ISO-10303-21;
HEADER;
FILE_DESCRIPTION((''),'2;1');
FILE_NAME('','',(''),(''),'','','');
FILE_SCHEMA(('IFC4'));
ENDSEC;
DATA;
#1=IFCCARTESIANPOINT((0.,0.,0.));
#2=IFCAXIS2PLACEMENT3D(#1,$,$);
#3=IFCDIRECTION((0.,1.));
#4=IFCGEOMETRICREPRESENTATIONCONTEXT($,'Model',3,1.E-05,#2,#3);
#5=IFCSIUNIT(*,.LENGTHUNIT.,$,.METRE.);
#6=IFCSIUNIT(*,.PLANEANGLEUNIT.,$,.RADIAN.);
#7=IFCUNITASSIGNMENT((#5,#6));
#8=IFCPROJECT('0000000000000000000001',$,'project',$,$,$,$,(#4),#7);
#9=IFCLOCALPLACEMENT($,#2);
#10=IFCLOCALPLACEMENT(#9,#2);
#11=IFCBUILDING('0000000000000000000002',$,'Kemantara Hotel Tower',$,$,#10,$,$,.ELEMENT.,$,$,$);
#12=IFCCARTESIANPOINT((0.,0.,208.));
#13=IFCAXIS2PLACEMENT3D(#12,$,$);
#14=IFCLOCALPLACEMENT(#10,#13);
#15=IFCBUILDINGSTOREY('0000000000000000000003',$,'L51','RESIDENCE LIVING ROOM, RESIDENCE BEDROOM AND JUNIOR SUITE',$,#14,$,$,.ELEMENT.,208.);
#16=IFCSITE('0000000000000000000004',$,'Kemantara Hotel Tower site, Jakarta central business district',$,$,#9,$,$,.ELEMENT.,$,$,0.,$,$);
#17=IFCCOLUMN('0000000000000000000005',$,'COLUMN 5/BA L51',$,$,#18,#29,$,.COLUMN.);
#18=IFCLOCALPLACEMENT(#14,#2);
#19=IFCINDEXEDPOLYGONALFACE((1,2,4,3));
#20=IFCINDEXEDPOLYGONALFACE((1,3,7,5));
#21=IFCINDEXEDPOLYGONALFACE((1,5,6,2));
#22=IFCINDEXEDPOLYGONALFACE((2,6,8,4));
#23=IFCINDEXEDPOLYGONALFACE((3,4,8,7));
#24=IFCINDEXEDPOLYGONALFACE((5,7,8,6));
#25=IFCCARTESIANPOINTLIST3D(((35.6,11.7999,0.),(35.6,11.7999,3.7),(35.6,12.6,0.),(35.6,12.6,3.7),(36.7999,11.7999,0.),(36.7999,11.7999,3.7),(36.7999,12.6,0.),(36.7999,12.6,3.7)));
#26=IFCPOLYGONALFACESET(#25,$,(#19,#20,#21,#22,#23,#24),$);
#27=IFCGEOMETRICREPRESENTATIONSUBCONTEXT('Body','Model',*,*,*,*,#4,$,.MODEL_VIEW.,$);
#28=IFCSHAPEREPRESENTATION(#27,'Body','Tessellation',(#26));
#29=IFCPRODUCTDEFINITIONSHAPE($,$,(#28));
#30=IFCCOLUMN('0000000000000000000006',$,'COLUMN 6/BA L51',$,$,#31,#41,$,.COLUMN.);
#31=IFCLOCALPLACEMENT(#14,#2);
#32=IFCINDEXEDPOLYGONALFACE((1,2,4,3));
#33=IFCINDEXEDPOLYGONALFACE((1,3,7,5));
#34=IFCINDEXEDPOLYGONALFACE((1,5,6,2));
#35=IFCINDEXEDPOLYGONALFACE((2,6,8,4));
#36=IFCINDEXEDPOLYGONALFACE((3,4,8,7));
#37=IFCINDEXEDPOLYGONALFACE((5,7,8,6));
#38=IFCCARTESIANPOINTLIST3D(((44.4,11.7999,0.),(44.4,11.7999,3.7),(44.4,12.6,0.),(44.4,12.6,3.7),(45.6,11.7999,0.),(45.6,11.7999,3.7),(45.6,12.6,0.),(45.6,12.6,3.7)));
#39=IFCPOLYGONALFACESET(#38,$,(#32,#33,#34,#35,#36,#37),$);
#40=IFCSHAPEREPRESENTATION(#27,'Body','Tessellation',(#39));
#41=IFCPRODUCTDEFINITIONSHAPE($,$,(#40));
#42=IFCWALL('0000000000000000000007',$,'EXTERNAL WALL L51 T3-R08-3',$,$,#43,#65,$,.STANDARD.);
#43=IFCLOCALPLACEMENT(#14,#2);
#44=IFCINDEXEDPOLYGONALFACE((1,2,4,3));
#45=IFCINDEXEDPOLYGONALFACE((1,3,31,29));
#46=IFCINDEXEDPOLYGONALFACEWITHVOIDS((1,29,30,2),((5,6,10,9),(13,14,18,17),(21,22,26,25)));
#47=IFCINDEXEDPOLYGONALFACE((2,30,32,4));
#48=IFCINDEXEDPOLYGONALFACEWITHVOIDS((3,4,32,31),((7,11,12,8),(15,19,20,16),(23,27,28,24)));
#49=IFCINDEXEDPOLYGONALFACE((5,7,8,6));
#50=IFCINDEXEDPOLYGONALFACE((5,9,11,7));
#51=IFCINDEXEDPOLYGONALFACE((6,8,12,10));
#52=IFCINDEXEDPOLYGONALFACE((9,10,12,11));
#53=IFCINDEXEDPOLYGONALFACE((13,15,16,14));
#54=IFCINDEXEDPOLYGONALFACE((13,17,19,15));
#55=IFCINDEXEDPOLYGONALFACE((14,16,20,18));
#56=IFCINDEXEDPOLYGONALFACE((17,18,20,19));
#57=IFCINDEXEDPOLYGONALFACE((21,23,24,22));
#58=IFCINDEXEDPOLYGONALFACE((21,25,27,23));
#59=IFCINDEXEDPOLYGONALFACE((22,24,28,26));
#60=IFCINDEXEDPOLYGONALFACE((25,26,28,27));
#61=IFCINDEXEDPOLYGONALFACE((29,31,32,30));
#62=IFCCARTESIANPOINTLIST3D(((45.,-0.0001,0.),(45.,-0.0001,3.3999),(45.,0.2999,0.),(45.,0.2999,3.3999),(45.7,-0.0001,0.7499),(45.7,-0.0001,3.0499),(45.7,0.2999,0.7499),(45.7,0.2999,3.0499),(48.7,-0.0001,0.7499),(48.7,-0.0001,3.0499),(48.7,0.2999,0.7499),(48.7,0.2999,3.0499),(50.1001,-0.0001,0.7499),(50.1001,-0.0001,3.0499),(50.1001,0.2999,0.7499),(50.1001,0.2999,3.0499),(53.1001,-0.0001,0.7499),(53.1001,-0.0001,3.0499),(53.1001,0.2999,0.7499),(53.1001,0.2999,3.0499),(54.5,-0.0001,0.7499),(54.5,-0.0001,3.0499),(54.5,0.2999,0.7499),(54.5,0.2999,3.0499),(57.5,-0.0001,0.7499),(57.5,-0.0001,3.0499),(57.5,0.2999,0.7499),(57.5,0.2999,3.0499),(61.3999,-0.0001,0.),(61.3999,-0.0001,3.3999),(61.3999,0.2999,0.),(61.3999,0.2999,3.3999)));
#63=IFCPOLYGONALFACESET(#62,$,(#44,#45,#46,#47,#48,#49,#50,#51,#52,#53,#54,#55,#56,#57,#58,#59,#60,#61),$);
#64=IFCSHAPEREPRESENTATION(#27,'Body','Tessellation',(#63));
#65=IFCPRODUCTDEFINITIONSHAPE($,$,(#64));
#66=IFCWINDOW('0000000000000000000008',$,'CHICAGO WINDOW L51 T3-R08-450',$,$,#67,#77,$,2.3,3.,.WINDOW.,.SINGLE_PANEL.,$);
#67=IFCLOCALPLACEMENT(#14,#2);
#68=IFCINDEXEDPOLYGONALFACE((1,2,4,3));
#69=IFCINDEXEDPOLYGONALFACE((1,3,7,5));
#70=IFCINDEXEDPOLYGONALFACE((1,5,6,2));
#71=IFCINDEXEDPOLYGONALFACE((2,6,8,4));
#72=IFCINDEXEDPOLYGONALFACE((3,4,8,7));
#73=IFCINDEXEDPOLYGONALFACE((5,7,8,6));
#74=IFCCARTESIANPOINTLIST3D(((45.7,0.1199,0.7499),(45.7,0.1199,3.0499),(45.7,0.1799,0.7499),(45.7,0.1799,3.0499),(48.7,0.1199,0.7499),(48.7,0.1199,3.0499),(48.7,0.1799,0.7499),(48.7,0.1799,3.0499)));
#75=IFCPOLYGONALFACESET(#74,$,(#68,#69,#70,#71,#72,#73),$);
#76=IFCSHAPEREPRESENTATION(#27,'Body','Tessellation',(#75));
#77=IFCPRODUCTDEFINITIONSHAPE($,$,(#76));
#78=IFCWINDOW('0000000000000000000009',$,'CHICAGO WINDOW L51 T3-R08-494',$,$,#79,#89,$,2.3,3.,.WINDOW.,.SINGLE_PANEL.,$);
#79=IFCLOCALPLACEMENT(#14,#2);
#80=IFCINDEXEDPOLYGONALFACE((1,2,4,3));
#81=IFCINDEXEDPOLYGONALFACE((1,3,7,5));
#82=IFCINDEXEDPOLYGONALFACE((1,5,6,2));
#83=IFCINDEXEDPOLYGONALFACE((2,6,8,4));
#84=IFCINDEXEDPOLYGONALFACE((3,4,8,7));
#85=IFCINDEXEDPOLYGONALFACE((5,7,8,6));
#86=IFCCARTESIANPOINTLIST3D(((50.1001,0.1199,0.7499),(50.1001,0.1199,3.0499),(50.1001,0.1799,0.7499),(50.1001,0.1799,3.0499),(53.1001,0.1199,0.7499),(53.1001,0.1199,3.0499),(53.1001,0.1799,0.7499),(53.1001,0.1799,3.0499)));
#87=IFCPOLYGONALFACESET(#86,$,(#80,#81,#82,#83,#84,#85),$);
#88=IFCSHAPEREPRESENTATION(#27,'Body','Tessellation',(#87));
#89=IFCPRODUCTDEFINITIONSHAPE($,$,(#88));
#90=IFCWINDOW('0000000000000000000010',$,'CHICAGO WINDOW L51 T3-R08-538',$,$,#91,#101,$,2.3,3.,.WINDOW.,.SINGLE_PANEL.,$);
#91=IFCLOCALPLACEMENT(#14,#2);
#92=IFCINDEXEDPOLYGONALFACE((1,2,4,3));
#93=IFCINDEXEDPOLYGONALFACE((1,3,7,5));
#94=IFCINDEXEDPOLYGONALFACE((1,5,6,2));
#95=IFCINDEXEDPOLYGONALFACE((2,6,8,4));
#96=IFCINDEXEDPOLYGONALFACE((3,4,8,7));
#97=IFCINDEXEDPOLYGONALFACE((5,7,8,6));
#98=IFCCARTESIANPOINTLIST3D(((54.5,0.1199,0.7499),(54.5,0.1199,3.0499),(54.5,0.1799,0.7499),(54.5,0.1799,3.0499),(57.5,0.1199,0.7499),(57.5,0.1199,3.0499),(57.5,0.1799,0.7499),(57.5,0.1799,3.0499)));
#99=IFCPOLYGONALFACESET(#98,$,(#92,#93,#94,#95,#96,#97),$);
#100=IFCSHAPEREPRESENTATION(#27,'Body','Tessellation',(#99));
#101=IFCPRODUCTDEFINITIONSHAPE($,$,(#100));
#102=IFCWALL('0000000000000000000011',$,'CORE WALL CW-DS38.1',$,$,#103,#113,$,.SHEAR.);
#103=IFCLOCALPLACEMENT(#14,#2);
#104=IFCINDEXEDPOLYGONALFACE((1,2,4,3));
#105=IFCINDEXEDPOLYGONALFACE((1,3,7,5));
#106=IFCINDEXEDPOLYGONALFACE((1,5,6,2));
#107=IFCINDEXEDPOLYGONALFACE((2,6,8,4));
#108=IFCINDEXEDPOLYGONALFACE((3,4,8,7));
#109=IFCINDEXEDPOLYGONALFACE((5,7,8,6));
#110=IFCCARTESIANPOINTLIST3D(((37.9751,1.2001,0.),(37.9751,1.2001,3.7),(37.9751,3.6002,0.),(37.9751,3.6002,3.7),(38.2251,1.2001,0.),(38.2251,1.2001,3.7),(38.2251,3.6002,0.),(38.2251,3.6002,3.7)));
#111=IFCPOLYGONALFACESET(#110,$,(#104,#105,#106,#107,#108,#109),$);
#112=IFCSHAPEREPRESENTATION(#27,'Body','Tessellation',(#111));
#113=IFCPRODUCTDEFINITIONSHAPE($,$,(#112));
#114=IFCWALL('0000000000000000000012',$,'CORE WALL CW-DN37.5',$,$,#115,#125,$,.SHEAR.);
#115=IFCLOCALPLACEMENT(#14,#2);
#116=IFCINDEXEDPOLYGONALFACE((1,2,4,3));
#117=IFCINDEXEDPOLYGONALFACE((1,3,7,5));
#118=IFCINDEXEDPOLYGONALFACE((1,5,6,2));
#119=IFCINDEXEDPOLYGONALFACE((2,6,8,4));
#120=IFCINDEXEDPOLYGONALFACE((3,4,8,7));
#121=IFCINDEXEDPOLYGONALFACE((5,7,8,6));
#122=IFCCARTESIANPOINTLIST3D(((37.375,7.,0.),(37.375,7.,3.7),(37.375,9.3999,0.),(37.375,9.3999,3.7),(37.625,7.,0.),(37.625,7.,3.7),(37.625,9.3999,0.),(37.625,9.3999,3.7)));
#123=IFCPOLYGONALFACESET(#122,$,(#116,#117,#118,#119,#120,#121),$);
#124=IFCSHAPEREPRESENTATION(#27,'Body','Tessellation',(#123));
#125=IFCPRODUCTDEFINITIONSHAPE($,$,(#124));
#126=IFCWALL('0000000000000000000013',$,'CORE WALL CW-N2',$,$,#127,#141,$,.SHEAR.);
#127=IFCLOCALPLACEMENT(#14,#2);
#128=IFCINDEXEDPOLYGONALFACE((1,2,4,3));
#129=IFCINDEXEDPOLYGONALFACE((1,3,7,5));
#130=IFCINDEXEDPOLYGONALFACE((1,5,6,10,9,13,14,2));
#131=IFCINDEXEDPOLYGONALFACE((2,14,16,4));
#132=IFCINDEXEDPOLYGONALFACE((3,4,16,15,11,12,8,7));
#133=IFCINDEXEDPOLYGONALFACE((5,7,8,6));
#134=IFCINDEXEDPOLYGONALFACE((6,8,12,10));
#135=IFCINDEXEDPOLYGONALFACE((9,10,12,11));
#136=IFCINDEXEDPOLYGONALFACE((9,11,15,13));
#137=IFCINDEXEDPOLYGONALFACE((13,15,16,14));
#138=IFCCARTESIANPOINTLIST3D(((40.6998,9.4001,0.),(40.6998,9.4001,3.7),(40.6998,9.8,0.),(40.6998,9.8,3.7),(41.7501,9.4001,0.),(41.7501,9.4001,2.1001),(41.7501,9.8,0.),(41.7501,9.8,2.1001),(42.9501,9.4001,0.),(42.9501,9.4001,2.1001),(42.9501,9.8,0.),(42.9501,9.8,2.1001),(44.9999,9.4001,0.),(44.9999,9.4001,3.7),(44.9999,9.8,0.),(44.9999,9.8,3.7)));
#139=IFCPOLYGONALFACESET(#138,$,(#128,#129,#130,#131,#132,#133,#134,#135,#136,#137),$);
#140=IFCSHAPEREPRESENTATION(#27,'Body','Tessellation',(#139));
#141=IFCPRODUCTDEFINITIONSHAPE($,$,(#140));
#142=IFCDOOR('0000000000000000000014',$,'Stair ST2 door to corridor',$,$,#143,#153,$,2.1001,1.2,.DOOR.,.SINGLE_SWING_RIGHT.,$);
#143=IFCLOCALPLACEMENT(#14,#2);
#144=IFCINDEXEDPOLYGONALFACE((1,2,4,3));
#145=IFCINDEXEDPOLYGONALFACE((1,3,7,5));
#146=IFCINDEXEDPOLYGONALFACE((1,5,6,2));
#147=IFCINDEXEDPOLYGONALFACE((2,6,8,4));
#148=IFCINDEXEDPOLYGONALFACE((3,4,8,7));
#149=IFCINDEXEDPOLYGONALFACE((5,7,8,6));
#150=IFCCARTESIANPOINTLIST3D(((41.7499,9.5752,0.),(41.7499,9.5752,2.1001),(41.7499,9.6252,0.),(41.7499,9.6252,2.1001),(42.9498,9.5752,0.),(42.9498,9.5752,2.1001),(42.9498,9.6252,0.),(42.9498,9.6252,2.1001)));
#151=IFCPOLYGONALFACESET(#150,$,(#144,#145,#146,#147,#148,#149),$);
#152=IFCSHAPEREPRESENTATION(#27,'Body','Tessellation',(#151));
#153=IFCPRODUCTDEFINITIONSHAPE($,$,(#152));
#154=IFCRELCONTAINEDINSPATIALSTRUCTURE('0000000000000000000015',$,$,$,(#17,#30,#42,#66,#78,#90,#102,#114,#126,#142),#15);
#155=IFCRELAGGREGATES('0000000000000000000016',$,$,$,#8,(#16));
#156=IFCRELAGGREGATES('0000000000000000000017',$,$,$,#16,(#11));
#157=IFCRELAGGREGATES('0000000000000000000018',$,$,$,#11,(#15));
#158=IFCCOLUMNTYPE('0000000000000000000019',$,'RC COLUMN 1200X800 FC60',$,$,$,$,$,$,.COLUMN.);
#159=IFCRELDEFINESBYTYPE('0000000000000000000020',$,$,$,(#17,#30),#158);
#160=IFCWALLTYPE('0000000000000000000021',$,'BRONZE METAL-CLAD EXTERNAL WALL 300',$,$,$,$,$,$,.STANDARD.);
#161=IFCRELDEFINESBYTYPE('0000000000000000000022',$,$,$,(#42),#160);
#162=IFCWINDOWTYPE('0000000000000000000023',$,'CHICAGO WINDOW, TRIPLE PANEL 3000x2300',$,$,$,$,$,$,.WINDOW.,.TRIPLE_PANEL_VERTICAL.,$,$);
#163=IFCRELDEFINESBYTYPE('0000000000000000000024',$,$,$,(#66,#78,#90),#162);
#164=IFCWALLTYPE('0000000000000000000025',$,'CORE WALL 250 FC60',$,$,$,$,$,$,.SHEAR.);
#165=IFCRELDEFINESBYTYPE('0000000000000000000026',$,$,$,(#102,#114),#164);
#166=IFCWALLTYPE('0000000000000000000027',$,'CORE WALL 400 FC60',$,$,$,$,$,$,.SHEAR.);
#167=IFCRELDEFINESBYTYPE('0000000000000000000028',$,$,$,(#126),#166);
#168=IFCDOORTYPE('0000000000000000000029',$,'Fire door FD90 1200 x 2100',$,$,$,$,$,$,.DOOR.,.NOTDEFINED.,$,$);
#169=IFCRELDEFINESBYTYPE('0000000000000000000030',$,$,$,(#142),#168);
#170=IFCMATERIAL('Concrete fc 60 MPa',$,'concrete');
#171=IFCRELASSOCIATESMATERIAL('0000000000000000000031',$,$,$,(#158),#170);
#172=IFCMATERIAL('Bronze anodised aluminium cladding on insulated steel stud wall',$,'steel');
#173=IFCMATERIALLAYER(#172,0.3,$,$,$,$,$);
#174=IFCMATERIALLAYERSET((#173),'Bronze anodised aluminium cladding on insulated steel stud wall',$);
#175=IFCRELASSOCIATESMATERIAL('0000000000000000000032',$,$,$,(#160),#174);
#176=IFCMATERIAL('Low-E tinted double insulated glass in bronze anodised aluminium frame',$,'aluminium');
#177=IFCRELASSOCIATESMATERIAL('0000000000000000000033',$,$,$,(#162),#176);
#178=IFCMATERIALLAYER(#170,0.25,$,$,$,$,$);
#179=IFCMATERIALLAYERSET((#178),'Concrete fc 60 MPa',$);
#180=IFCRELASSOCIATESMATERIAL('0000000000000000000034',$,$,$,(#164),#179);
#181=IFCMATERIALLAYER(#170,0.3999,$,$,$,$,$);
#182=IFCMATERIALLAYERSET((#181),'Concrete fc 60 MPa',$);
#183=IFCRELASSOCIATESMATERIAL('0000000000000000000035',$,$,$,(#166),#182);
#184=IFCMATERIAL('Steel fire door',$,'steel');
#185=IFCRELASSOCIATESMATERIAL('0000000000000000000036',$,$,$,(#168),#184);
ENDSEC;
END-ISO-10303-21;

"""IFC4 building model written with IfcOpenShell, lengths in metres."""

from ifc_helpers import new_model, si_unit, direction, frame, frame_2d, origin, origin_2d, place, context, subcontext, project, spatial, rectangle, extrude, material, layer, layer_set, material_profile, profile_set, type_object, element, fill, save


model = new_model("IFC4")

# Units and contexts
model_context = context("Model", 3, precision=1e-05, world=origin(), true_north=direction((0.0, 1.0)))
body_context = subcontext(model_context, "Body", "Model", "MODEL_VIEW")
ifc_project = project(units=[si_unit("LENGTHUNIT", "METRE"), si_unit("PLANEANGLEUNIT", "RADIAN")], contexts=[model_context])

# Site, building, storey
site_placement = place(None, origin())
site = spatial("IfcSite", under=ifc_project, at=site_placement, Name="Kemantara Hotel Tower site, Jakarta central business district", CompositionType="ELEMENT", RefElevation=0.0)
building_placement = place(site_placement, origin())
building = spatial("IfcBuilding", under=site, at=building_placement, Name="Kemantara Hotel Tower", CompositionType="ELEMENT")
storey_placement = place(building_placement, frame((0.0, 0.0, 208.0)))
storey = spatial("IfcBuildingStorey", under=building, at=storey_placement, Name="L51", Description="RESIDENCE LIVING ROOM, RESIDENCE BEDROOM AND JUNIOR SUITE", CompositionType="ELEMENT", Elevation=208.0)

# Columns
ifc_material_1 = material(Name="Concrete fc 60 MPa", Category="concrete")
ifc_material_profile = material_profile(ifc_material_1, rectangle(XDim=1.2, YDim=0.8, at=origin_2d()), Name="RC 1200X800")
ifc_profile_set = profile_set([ifc_material_profile], Name="Concrete fc 60 MPa")
column_type = type_object("IfcColumnType", Name="RC COLUMN 1200X800 FC60", PredefinedType="COLUMN", material=ifc_profile_set)
for number, where, z_axis, x_axis, name in (
    (1, (36.2, 12.2, 0.0), (0.0, 0.0, 1.0), (1.0, 0.0, 0.0), "COLUMN 5/BA L51"),
    (2, (45.0, 12.2, 0.0), (0.0, 0.0, 1.0), (1.0, 0.0, 0.0), "COLUMN 6/BA L51"),
):
    element("IfcColumn", number, at=place(storey_placement, frame(where, z_axis=z_axis, x_axis=x_axis)), inside=storey, type_object=column_type, Name=name, PredefinedType="COLUMN", context=body_context, shape_type="SweptSolid", body=[
        extrude(rectangle(XDim=1.2, YDim=0.8, at=origin_2d()), origin(), (0.0, 0.0, 1.0), 3.7),
    ])

# Wall, openings, windows
ifc_material_2 = material(Name="Bronze anodised aluminium cladding on insulated steel stud wall", Category="steel")
ifc_layer_1 = layer(ifc_material_2, 0.3)
ifc_layer_set_1 = layer_set([ifc_layer_1], Name="Bronze anodised aluminium cladding on insulated steel stud wall")
wall_type_1 = type_object("IfcWallType", Name="BRONZE METAL-CLAD EXTERNAL WALL 300", PredefinedType="STANDARD", material=ifc_layer_set_1)
wall_1_placement = place(storey_placement, frame((45.0, 0.1499, 0.0), z_axis=(0.0, 0.0, 1.0), x_axis=(1.0, 0.0, 0.0)))
wall_1 = element("IfcWall", 3, at=wall_1_placement, inside=storey, type_object=wall_type_1, Name="EXTERNAL WALL L51 T3-R08-3", PredefinedType="STANDARD", context=body_context, shape_type="SweptSolid", body=[
    extrude(rectangle(XDim=16.3999, YDim=0.3, at=frame_2d((8.2, 0.0))), origin(), (0.0, 0.0, 1.0), 3.3999),
])
opening_1_placement = place(wall_1_placement, frame((0.7, 0.0, 0.75)))
opening_1 = element("IfcOpeningElement", 4, at=opening_1_placement, cuts=wall_1, PredefinedType="OPENING", context=body_context, shape_type="SweptSolid", body=[
    extrude(rectangle(XDim=3.0, YDim=2.3, at=frame_2d((1.5, 1.1499))), frame((0.0, 0.1599, 0.0), z_axis=(0.0, -1.0, 0.0), x_axis=(1.0, 0.0, 0.0)), (0.0, 0.0, 1.0), 0.3201),
])
opening_2_placement = place(wall_1_placement, frame((5.1001, 0.0, 0.75)))
opening_2 = element("IfcOpeningElement", 5, at=opening_2_placement, cuts=wall_1, PredefinedType="OPENING", context=body_context, shape_type="SweptSolid", body=[
    extrude(rectangle(XDim=3.0, YDim=2.3, at=frame_2d((1.5, 1.1499))), frame((0.0, 0.1599, 0.0), z_axis=(0.0, -1.0, 0.0), x_axis=(1.0, 0.0, 0.0)), (0.0, 0.0, 1.0), 0.3201),
])
opening_3_placement = place(wall_1_placement, frame((9.5, 0.0, 0.75)))
opening_3 = element("IfcOpeningElement", 6, at=opening_3_placement, cuts=wall_1, PredefinedType="OPENING", context=body_context, shape_type="SweptSolid", body=[
    extrude(rectangle(XDim=3.0, YDim=2.3, at=frame_2d((1.5, 1.1499))), frame((0.0, 0.1599, 0.0), z_axis=(0.0, -1.0, 0.0), x_axis=(1.0, 0.0, 0.0)), (0.0, 0.0, 1.0), 0.3201),
])
ifc_material_3 = material(Name="Low-E tinted double insulated glass in bronze anodised aluminium frame", Category="aluminium")
window_type = type_object("IfcWindowType", Name="CHICAGO WINDOW, TRIPLE PANEL 3000x2300", PartitioningType="TRIPLE_PANEL_VERTICAL", PredefinedType="WINDOW", material=ifc_material_3)
window_1_placement = place(opening_1_placement, origin())
window_1 = element("IfcWindow", 7, at=window_1_placement, inside=storey, type_object=window_type, Name="CHICAGO WINDOW L51 T3-R08-450", OverallHeight=2.3, OverallWidth=3.0, PartitioningType="SINGLE_PANEL", PredefinedType="WINDOW", context=body_context, shape_type="SweptSolid", body=[
    extrude(rectangle(XDim=3.0, YDim=2.3, at=frame_2d((1.5, 1.1499))), frame((0.0, 0.03, 0.0), z_axis=(0.0, -1.0, 0.0), x_axis=(1.0, 0.0, 0.0)), (0.0, 0.0, 1.0), 0.0601),
])
fill(opening_1, window_1)
window_2_placement = place(opening_2_placement, origin())
window_2 = element("IfcWindow", 8, at=window_2_placement, inside=storey, type_object=window_type, Name="CHICAGO WINDOW L51 T3-R08-494", OverallHeight=2.3, OverallWidth=3.0, PartitioningType="SINGLE_PANEL", PredefinedType="WINDOW", context=body_context, shape_type="SweptSolid", body=[
    extrude(rectangle(XDim=3.0, YDim=2.3, at=frame_2d((1.5, 1.1499))), frame((0.0, 0.03, 0.0), z_axis=(0.0, -1.0, 0.0), x_axis=(1.0, 0.0, 0.0)), (0.0, 0.0, 1.0), 0.0601),
])
fill(opening_2, window_2)
window_3_placement = place(opening_3_placement, origin())
window_3 = element("IfcWindow", 9, at=window_3_placement, inside=storey, type_object=window_type, Name="CHICAGO WINDOW L51 T3-R08-538", OverallHeight=2.3, OverallWidth=3.0, PartitioningType="SINGLE_PANEL", PredefinedType="WINDOW", context=body_context, shape_type="SweptSolid", body=[
    extrude(rectangle(XDim=3.0, YDim=2.3, at=frame_2d((1.5, 1.1499))), frame((0.0, 0.03, 0.0), z_axis=(0.0, -1.0, 0.0), x_axis=(1.0, 0.0, 0.0)), (0.0, 0.0, 1.0), 0.0601),
])
fill(opening_3, window_3)

# Walls
ifc_layer_2 = layer(ifc_material_1, 0.25)
ifc_layer_set_2 = layer_set([ifc_layer_2], Name="Concrete fc 60 MPa")
wall_type_2 = type_object("IfcWallType", Name="CORE WALL 250 FC60", PredefinedType="SHEAR", material=ifc_layer_set_2)
wall_2_placement = place(storey_placement, frame((38.1001, 1.2, 0.0), z_axis=(0.0, 0.0, 1.0), x_axis=(0.0, 1.0, 0.0)))
element("IfcWall", 10, at=wall_2_placement, inside=storey, type_object=wall_type_2, Name="CORE WALL CW-DS38.1", PredefinedType="SHEAR", context=body_context, shape_type="SweptSolid", body=[
    extrude(rectangle(XDim=2.4001, YDim=0.25, at=frame_2d((1.2002, 0.0))), origin(), (0.0, 0.0, 1.0), 3.7),
])
wall_3_placement = place(storey_placement, frame((37.5, 7.0, 0.0), z_axis=(0.0, 0.0, 1.0), x_axis=(0.0, 1.0, 0.0)))
element("IfcWall", 11, at=wall_3_placement, inside=storey, type_object=wall_type_2, Name="CORE WALL CW-DN37.5", PredefinedType="SHEAR", context=body_context, shape_type="SweptSolid", body=[
    extrude(rectangle(XDim=2.3999, YDim=0.25, at=frame_2d((1.2, 0.0))), origin(), (0.0, 0.0, 1.0), 3.7),
])

# Wall, opening, door
ifc_layer_3 = layer(ifc_material_1, 0.3999)
ifc_layer_set_3 = layer_set([ifc_layer_3], Name="Concrete fc 60 MPa")
wall_type_3 = type_object("IfcWallType", Name="CORE WALL 400 FC60", PredefinedType="SHEAR", material=ifc_layer_set_3)
wall_4_placement = place(storey_placement, frame((40.7, 9.6001, 0.0), z_axis=(0.0, 0.0, 1.0), x_axis=(1.0, 0.0, 0.0)))
wall_4 = element("IfcWall", 12, at=wall_4_placement, inside=storey, type_object=wall_type_3, Name="CORE WALL CW-N2", PredefinedType="SHEAR", context=body_context, shape_type="SweptSolid", body=[
    extrude(rectangle(XDim=4.3, YDim=0.3999, at=frame_2d((2.1499, 0.0))), origin(), (0.0, 0.0, 1.0), 3.7),
])
opening_4_placement = place(wall_4_placement, frame((1.05, 0.0, 0.0)))
opening_4 = element("IfcOpeningElement", 13, at=opening_4_placement, cuts=wall_4, PredefinedType="OPENING", context=body_context, shape_type="SweptSolid", body=[
    extrude(rectangle(XDim=1.2, YDim=2.1001, at=frame_2d((0.6001, 1.05))), frame((0.0, 0.21, 0.0), z_axis=(0.0, -1.0, 0.0), x_axis=(1.0, 0.0, 0.0)), (0.0, 0.0, 1.0), 0.4199),
])
ifc_material_4 = material(Name="Steel fire door", Category="steel")
door_type_1 = type_object("IfcDoorType", Name="Fire door FD90 1200 x 2100", OperationType="NOTDEFINED", PredefinedType="DOOR", material=ifc_material_4)
door_1_placement = place(opening_4_placement, frame((1.2, 0.0, 0.0), z_axis=(0.0, 0.0, 1.0), x_axis=(-1.0, 0.0, 0.0)))
door_1 = element("IfcDoor", 14, at=door_1_placement, inside=storey, type_object=door_type_1, Name="Stair ST2 door to corridor", OperationType="SINGLE_SWING_RIGHT", OverallHeight=2.1001, OverallWidth=1.2, PredefinedType="DOOR", context=body_context, shape_type="SweptSolid", body=[
    extrude(rectangle(XDim=1.2, YDim=2.1001, at=frame_2d((0.6001, 1.05))), frame((0.0, 0.0249, 0.0), z_axis=(0.0, -1.0, 0.0), x_axis=(1.0, 0.0, 0.0)), (0.0, 0.0, 1.0), 0.05),
])
fill(opening_4, door_1)

save(model, "model.ifc")
